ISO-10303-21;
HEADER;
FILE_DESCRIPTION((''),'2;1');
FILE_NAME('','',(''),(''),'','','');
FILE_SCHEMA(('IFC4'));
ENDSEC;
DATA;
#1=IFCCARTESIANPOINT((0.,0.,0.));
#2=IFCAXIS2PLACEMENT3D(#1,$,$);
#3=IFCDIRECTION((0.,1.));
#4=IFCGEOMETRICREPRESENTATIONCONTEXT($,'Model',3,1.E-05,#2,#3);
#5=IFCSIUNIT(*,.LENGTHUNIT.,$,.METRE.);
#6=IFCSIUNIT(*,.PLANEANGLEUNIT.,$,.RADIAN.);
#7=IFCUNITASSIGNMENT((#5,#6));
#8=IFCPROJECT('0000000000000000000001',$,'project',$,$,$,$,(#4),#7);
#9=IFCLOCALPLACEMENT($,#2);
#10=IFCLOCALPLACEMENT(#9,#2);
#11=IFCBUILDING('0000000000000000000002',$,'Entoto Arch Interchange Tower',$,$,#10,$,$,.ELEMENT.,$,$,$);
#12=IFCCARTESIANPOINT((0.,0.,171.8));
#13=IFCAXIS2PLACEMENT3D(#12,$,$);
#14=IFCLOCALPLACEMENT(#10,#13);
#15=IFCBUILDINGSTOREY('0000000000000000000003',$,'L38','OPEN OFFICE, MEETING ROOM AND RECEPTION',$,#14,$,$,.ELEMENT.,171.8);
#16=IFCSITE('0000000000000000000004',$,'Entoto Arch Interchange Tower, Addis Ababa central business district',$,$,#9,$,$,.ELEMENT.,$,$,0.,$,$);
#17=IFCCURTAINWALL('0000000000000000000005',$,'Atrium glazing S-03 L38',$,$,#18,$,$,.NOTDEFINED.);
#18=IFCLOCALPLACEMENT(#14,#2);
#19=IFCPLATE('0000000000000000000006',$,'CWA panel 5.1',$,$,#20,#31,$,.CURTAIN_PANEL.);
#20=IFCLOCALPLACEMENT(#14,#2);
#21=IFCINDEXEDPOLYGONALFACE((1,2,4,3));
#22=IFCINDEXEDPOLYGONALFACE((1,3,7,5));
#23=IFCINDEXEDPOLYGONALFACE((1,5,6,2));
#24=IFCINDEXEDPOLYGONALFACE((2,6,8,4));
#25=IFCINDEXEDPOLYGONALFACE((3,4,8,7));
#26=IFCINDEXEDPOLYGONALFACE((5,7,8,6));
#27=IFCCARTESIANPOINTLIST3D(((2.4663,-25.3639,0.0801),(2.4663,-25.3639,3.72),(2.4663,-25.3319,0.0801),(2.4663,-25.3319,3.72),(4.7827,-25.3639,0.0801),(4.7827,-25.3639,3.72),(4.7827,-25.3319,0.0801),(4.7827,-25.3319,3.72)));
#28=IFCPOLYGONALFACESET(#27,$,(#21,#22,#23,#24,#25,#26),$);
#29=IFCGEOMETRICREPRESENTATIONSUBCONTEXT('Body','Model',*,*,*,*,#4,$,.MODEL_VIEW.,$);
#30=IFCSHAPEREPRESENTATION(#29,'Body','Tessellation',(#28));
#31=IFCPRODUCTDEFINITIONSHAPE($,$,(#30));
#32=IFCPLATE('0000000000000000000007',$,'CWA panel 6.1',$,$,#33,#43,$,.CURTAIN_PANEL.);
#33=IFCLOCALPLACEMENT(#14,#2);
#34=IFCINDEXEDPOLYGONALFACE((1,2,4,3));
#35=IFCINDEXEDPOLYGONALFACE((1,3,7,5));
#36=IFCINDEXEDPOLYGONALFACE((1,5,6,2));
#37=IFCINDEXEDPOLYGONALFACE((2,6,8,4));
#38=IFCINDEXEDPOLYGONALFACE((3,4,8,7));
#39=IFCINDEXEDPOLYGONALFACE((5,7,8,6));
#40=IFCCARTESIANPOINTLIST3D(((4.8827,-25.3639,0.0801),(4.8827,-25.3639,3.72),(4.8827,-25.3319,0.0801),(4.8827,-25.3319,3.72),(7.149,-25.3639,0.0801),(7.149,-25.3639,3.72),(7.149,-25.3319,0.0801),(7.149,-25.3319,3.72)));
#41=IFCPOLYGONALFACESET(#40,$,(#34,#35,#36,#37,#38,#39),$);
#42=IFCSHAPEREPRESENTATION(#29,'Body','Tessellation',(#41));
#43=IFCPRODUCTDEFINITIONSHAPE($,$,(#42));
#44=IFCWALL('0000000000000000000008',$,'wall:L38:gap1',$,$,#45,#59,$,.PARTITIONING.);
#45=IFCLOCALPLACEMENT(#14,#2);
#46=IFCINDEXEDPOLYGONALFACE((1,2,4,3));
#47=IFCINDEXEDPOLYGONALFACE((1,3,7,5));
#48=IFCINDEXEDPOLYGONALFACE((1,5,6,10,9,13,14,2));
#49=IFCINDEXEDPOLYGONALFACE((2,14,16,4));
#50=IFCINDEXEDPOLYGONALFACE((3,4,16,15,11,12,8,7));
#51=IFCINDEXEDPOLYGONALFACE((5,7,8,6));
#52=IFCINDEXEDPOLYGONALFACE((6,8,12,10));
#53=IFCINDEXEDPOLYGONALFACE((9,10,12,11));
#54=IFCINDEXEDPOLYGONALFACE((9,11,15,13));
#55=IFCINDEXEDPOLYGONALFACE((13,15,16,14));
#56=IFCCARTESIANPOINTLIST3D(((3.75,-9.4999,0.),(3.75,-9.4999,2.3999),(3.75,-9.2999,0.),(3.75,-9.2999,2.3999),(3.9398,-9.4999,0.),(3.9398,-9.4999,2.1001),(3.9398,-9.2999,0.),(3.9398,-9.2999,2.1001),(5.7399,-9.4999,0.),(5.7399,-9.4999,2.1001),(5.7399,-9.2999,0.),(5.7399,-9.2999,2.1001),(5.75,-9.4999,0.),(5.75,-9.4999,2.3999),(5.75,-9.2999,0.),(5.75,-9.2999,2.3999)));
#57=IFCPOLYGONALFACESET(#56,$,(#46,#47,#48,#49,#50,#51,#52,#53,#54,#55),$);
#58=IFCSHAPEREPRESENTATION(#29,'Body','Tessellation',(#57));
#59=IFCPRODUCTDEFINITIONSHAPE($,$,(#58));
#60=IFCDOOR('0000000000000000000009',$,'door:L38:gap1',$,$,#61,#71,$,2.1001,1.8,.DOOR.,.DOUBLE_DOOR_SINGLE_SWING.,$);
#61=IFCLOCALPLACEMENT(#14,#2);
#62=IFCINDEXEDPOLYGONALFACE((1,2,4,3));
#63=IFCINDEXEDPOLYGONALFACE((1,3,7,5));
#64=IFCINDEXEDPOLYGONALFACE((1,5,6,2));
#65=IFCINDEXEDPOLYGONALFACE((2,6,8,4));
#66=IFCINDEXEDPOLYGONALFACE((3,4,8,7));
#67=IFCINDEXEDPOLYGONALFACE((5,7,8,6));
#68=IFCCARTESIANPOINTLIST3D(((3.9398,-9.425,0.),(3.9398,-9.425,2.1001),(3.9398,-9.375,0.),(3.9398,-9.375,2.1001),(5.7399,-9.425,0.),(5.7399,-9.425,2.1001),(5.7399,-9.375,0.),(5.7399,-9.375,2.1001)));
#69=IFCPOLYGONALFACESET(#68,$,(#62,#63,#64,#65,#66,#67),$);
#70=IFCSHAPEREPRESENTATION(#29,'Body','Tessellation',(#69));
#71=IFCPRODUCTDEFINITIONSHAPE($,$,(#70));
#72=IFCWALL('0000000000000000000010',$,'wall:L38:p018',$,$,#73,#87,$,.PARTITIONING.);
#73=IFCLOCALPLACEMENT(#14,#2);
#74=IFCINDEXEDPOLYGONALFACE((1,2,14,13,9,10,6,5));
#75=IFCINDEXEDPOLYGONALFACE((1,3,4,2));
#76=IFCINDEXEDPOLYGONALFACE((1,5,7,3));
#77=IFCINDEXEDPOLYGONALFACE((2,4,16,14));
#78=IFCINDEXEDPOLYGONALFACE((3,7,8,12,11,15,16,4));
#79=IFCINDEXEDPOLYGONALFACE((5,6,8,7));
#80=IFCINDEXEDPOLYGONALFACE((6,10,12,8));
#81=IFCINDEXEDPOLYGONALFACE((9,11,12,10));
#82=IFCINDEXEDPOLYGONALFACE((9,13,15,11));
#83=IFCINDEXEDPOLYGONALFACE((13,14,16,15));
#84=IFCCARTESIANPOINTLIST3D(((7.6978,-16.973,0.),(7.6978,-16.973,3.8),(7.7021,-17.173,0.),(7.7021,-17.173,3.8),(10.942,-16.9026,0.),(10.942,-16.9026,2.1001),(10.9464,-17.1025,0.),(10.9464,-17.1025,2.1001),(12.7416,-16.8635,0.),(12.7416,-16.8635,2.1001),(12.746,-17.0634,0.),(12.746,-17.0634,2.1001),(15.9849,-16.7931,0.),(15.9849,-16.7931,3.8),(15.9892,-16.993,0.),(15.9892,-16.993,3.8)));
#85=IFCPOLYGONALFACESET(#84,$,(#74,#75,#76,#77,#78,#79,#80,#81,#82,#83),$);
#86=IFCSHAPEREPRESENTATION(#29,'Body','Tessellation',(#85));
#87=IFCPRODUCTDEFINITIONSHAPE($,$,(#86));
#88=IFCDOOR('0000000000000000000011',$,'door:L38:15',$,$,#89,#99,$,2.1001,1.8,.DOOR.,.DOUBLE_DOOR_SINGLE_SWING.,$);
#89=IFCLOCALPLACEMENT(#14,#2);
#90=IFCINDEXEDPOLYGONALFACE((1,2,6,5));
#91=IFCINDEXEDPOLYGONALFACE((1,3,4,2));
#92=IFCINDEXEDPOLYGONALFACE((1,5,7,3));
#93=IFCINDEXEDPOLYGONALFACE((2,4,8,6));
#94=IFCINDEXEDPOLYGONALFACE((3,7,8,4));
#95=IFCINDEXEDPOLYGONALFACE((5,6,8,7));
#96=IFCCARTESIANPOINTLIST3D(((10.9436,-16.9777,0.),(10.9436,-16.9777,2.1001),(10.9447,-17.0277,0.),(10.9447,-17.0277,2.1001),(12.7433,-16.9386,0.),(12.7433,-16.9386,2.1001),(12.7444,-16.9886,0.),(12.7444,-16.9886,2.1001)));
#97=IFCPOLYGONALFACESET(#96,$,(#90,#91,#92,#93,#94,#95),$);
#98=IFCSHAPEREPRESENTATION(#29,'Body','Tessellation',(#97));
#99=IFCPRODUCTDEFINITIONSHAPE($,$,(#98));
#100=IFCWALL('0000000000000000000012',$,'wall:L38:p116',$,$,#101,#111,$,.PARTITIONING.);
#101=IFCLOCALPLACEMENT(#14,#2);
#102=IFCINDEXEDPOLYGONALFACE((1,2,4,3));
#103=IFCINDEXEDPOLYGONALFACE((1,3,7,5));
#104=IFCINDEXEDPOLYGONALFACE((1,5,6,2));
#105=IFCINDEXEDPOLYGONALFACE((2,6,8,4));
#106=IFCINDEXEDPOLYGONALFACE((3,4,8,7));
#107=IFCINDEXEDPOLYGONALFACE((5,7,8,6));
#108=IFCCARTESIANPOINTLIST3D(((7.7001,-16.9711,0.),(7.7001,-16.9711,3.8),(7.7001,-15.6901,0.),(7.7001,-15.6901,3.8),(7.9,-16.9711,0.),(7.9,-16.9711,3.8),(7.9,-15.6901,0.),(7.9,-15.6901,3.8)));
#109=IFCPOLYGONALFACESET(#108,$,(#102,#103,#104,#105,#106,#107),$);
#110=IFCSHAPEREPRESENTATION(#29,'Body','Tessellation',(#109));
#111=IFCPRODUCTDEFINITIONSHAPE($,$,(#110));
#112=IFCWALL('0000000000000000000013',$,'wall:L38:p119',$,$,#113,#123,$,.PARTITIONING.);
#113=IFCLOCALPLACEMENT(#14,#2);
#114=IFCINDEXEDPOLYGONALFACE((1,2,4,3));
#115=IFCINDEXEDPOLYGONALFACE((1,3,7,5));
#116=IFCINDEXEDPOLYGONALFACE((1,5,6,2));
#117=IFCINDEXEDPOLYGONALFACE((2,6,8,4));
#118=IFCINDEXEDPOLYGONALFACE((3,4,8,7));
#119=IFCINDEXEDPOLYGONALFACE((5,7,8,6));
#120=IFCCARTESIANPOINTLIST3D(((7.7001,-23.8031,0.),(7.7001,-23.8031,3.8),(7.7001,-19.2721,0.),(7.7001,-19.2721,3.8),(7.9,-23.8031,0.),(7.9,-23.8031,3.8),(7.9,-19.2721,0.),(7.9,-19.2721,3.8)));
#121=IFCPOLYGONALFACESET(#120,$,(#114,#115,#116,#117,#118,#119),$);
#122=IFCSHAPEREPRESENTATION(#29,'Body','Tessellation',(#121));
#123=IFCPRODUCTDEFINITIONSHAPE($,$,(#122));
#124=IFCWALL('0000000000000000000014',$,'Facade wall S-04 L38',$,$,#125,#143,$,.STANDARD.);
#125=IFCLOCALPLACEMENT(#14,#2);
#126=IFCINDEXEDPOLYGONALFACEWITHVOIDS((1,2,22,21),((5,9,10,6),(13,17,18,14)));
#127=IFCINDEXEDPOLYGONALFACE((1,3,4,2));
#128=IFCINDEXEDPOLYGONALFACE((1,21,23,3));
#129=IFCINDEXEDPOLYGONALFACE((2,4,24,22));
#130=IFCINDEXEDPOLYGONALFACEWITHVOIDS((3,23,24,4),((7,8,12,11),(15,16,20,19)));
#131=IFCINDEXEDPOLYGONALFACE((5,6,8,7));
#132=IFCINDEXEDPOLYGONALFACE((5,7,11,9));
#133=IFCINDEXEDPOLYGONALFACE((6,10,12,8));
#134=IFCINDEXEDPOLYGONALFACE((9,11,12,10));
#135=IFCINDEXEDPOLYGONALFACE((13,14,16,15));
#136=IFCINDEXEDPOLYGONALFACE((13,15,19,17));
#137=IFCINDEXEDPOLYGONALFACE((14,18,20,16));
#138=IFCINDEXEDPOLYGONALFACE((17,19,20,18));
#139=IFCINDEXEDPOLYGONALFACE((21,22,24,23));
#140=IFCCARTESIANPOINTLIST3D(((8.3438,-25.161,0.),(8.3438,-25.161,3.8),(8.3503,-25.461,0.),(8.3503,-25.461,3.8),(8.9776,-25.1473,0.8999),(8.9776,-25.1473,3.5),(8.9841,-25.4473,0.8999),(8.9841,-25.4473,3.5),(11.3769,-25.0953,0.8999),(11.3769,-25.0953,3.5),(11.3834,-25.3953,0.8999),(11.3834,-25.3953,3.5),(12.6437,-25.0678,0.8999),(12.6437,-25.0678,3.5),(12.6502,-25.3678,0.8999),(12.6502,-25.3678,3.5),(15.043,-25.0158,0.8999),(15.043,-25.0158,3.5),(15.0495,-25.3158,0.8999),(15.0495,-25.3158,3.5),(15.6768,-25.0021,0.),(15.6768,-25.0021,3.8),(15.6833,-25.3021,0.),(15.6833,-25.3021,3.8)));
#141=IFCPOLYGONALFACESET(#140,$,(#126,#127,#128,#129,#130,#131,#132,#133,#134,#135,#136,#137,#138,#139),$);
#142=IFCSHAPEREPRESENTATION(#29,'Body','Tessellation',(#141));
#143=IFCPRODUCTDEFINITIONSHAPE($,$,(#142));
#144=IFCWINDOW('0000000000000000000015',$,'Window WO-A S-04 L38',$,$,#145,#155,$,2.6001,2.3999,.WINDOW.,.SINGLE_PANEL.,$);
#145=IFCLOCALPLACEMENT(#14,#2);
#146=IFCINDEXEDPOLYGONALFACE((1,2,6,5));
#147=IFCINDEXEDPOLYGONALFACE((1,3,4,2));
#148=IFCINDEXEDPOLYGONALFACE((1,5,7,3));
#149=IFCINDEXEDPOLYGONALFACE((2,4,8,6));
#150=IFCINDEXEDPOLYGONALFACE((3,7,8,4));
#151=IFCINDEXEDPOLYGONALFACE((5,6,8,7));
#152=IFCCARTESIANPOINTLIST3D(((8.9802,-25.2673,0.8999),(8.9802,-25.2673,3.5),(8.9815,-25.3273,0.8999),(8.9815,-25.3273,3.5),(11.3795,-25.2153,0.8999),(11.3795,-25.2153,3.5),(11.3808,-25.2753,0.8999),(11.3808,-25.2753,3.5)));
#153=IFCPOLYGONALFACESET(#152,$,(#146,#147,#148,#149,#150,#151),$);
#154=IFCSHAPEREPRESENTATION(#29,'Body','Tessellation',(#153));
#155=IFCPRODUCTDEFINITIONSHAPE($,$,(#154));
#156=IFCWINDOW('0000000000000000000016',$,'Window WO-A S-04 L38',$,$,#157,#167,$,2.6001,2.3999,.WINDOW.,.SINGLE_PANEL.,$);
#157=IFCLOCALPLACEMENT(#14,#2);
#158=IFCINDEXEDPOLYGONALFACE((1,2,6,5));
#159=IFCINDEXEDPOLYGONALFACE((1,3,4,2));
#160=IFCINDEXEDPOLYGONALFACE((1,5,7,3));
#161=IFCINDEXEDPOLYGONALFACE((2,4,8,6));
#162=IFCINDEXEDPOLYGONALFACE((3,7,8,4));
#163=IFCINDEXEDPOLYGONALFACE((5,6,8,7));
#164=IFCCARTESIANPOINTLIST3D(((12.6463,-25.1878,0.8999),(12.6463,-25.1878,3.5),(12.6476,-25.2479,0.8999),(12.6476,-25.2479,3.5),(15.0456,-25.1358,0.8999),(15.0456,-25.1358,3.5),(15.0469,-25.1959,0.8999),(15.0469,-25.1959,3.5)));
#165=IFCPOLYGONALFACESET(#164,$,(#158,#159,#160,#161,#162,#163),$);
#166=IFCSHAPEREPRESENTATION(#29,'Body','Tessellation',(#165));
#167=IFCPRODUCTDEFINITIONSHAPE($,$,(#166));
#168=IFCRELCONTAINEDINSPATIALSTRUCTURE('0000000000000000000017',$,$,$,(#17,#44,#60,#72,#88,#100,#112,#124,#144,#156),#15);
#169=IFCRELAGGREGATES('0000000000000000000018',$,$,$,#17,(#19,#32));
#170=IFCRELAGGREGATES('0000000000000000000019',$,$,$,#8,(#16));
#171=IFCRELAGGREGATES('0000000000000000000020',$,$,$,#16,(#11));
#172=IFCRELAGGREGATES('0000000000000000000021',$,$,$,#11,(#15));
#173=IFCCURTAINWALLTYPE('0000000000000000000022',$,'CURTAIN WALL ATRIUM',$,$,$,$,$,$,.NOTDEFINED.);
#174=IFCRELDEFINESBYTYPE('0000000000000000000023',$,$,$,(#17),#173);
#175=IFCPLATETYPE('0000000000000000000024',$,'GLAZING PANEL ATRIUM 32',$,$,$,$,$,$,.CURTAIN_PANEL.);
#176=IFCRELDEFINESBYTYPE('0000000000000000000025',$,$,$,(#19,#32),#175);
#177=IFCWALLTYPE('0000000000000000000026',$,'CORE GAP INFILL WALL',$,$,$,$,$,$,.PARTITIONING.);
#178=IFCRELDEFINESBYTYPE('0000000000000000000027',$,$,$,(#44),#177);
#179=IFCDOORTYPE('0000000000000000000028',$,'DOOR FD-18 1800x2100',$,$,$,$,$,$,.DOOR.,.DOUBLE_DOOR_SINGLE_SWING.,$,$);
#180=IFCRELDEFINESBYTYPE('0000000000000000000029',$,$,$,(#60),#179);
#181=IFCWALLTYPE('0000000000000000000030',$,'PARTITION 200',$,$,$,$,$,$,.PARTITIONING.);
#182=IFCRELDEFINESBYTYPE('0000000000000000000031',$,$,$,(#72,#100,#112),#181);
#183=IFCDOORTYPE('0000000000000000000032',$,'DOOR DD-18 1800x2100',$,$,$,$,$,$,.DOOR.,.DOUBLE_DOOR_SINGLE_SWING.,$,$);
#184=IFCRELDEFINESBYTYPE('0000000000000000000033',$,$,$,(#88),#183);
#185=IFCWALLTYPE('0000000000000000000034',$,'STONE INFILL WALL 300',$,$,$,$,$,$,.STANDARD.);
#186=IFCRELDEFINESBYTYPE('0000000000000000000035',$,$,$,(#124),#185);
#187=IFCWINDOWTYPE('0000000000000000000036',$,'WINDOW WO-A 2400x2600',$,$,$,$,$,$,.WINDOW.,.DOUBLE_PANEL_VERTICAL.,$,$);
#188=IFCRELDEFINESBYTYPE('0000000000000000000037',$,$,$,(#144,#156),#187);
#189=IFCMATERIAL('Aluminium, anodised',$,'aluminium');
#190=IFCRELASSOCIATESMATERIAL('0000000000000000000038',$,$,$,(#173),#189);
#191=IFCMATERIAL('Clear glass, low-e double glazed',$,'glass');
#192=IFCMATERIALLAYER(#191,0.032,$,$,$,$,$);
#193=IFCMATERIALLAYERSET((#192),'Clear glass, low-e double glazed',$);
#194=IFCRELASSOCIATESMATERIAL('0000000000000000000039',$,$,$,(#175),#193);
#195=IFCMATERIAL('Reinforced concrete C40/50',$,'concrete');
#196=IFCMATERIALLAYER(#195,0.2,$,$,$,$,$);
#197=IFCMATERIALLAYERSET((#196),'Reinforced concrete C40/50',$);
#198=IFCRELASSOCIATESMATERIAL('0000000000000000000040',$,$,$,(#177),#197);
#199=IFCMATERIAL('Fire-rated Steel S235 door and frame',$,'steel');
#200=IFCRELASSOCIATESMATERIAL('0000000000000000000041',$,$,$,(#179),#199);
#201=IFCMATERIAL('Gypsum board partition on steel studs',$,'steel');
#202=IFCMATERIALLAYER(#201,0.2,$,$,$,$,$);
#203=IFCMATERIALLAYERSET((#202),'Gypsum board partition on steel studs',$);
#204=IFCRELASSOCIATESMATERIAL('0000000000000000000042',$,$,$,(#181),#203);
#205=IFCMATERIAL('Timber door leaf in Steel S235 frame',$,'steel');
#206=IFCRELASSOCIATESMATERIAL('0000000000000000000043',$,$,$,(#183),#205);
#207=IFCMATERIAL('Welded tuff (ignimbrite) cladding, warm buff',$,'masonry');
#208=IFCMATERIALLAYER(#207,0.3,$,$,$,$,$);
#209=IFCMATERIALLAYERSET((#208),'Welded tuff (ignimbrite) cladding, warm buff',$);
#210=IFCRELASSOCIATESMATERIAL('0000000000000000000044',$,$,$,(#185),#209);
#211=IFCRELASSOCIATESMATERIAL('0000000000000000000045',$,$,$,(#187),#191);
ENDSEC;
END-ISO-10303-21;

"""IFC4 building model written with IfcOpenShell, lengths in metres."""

from ifc_helpers import new_model, si_unit, direction, frame, frame_2d, origin, origin_2d, place, context, subcontext, project, spatial, rectangle, extrude, material, layer, layer_set, type_object, element, fill, aggregate, save


model = new_model("IFC4")

# Units and contexts
model_context = context("Model", 3, precision=1e-05, world=origin(), true_north=direction((0.0, 1.0)))
body_context = subcontext(model_context, "Body", "Model", "MODEL_VIEW")
ifc_project = project(units=[si_unit("LENGTHUNIT", "METRE"), si_unit("PLANEANGLEUNIT", "RADIAN")], contexts=[model_context])

# Site, building, storey
site_placement = place(None, origin())
site = spatial("IfcSite", under=ifc_project, at=site_placement, Name="Entoto Arch Interchange Tower, Addis Ababa central business district", CompositionType="ELEMENT", RefElevation=0.0)
building_placement = place(site_placement, origin())
building = spatial("IfcBuilding", under=site, at=building_placement, Name="Entoto Arch Interchange Tower", CompositionType="ELEMENT")
storey_placement = place(building_placement, frame((0.0, 0.0, 171.8)))
storey = spatial("IfcBuildingStorey", under=building, at=storey_placement, Name="L38", Description="OPEN OFFICE, MEETING ROOM AND RECEPTION", CompositionType="ELEMENT", Elevation=171.8)

# Curtain wall, plates
ifc_material_1 = material(Name="Aluminium, anodised", Category="aluminium")
curtain_wall_type = type_object("IfcCurtainWallType", Name="CURTAIN WALL ATRIUM", PredefinedType="NOTDEFINED", material=ifc_material_1)
curtain_wall_placement = place(storey_placement, origin())
curtain_wall = element("IfcCurtainWall", 1, at=curtain_wall_placement, inside=storey, type_object=curtain_wall_type, Name="Atrium glazing S-03 L38", PredefinedType="NOTDEFINED")
ifc_material_2 = material(Name="Clear glass, low-e double glazed", Category="glass")
ifc_layer_1 = layer(ifc_material_2, 0.032)
ifc_layer_set_1 = layer_set([ifc_layer_1], Name="Clear glass, low-e double glazed")
plate_type = type_object("IfcPlateType", Name="GLAZING PANEL ATRIUM 32", PredefinedType="CURTAIN_PANEL", material=ifc_layer_set_1)
plate_1_placement = place(storey_placement, frame((3.6245, -25.3479, 0.0801), z_axis=(0.0, 0.0, 1.0), x_axis=(1.0, 0.0, 0.0)))
plate_1 = element("IfcPlate", 2, at=plate_1_placement, type_object=plate_type, Name="CWA panel 5.1", PredefinedType="CURTAIN_PANEL", context=body_context, shape_type="SweptSolid", body=[
    extrude(rectangle(XDim=2.3164, YDim=0.032, at=origin_2d()), origin(), (0.0, 0.0, 1.0), 3.6399),
])
plate_2_placement = place(storey_placement, frame((6.0159, -25.3479, 0.0801), z_axis=(0.0, 0.0, 1.0), x_axis=(1.0, 0.0, 0.0)))
plate_2 = element("IfcPlate", 3, at=plate_2_placement, type_object=plate_type, Name="CWA panel 6.1", PredefinedType="CURTAIN_PANEL", context=body_context, shape_type="SweptSolid", body=[
    extrude(rectangle(XDim=2.2664, YDim=0.032, at=origin_2d()), origin(), (0.0, 0.0, 1.0), 3.6399),
])
aggregate(curtain_wall, [plate_1, plate_2])

# Walls, openings, doors
ifc_material_3 = material(Name="Reinforced concrete C40/50", Category="concrete")
ifc_layer_2 = layer(ifc_material_3, 0.2)
ifc_layer_set_2 = layer_set([ifc_layer_2], Name="Reinforced concrete C40/50")
wall_type_1 = type_object("IfcWallType", Name="CORE GAP INFILL WALL", PredefinedType="PARTITIONING", material=ifc_layer_set_2)
wall_1_placement = place(storey_placement, frame((3.75, -9.3999, 0.0), z_axis=(0.0, 0.0, 1.0), x_axis=(1.0, 0.0, 0.0)))
wall_1 = element("IfcWall", 4, at=wall_1_placement, inside=storey, type_object=wall_type_1, Name="wall:L38:gap1", PredefinedType="PARTITIONING", context=body_context, shape_type="SweptSolid", body=[
    extrude(rectangle(XDim=2.0, YDim=0.2, at=frame_2d((1.0, 0.0))), origin(), (0.0, 0.0, 1.0), 2.3999),
])
opening_1_placement = place(wall_1_placement, frame((0.1899, 0.0, 0.0)))
opening_1 = element("IfcOpeningElement", 5, at=opening_1_placement, cuts=wall_1, PredefinedType="OPENING", context=body_context, shape_type="SweptSolid", body=[
    extrude(rectangle(XDim=1.8, YDim=2.1001, at=frame_2d((0.8999, 1.05))), frame((0.0, 0.1099, 0.0), z_axis=(0.0, -1.0, 0.0), x_axis=(1.0, 0.0, 0.0)), (0.0, 0.0, 1.0), 0.22),
])
ifc_material_4 = material(Name="Fire-rated Steel S235 door and frame", Category="steel")
door_type_1 = type_object("IfcDoorType", Name="DOOR FD-18 1800x2100", OperationType="DOUBLE_DOOR_SINGLE_SWING", PredefinedType="DOOR", material=ifc_material_4)
door_1_placement = place(opening_1_placement, origin())
door_1 = element("IfcDoor", 6, at=door_1_placement, inside=storey, type_object=door_type_1, Name="door:L38:gap1", OperationType="DOUBLE_DOOR_SINGLE_SWING", OverallHeight=2.1001, OverallWidth=1.8, PredefinedType="DOOR", context=body_context, shape_type="SweptSolid", body=[
    extrude(rectangle(XDim=1.8, YDim=2.1001, at=frame_2d((0.8999, 1.05))), frame((0.0, 0.0249, 0.0), z_axis=(0.0, -1.0, 0.0), x_axis=(1.0, 0.0, 0.0)), (0.0, 0.0, 1.0), 0.05),
])
fill(opening_1, door_1)
ifc_material_5 = material(Name="Gypsum board partition on steel studs", Category="steel")
ifc_layer_3 = layer(ifc_material_5, 0.2)
ifc_layer_set_3 = layer_set([ifc_layer_3], Name="Gypsum board partition on steel studs")
wall_type_2 = type_object("IfcWallType", Name="PARTITION 200", PredefinedType="PARTITIONING", material=ifc_layer_set_3)
wall_2_placement = place(storey_placement, frame((7.7, -17.073, 0.0), z_axis=(0.0, 0.0, 1.0), x_axis=(0.999764, 0.021707, 0.0)))
wall_2 = element("IfcWall", 7, at=wall_2_placement, inside=storey, type_object=wall_type_2, Name="wall:L38:p018", PredefinedType="PARTITIONING", context=body_context, shape_type="SweptSolid", body=[
    extrude(rectangle(XDim=8.2891, YDim=0.2, at=frame_2d((4.1445, 0.0))), origin(), (0.0, 0.0, 1.0), 3.8),
])
opening_2_placement = place(wall_2_placement, frame((3.2451, 0.0, 0.0)))
opening_2 = element("IfcOpeningElement", 8, at=opening_2_placement, cuts=wall_2, PredefinedType="OPENING", context=body_context, shape_type="SweptSolid", body=[
    extrude(rectangle(XDim=1.8, YDim=2.1001, at=frame_2d((0.8999, 1.05))), frame((0.0, 0.1099, 0.0), z_axis=(0.0, -1.0, 0.0), x_axis=(1.0, 0.0, 0.0)), (0.0, 0.0, 1.0), 0.22),
])
ifc_material_6 = material(Name="Timber door leaf in Steel S235 frame", Category="steel")
door_type_2 = type_object("IfcDoorType", Name="DOOR DD-18 1800x2100", OperationType="DOUBLE_DOOR_SINGLE_SWING", PredefinedType="DOOR", material=ifc_material_6)
door_2_placement = place(opening_2_placement, origin())
door_2 = element("IfcDoor", 9, at=door_2_placement, inside=storey, type_object=door_type_2, Name="door:L38:15", OperationType="DOUBLE_DOOR_SINGLE_SWING", OverallHeight=2.1001, OverallWidth=1.8, PredefinedType="DOOR", context=body_context, shape_type="SweptSolid", body=[
    extrude(rectangle(XDim=1.8, YDim=2.1001, at=frame_2d((0.8999, 1.05))), frame((0.0, 0.0249, 0.0), z_axis=(0.0, -1.0, 0.0), x_axis=(1.0, 0.0, 0.0)), (0.0, 0.0, 1.0), 0.05),
])
fill(opening_2, door_2)

# Walls
wall_3_placement = place(storey_placement, frame((7.8, -15.6899, 0.0), z_axis=(0.0, 0.0, 1.0), x_axis=(0.0, -1.0, 0.0)))
element("IfcWall", 10, at=wall_3_placement, inside=storey, type_object=wall_type_2, Name="wall:L38:p116", PredefinedType="PARTITIONING", context=body_context, shape_type="SweptSolid", body=[
    extrude(rectangle(XDim=1.281, YDim=0.2, at=frame_2d((0.6406, 0.0))), origin(), (0.0, 0.0, 1.0), 3.8),
])
wall_4_placement = place(storey_placement, frame((7.8, -19.272, 0.0), z_axis=(0.0, 0.0, 1.0), x_axis=(0.0, -1.0, 0.0)))
element("IfcWall", 11, at=wall_4_placement, inside=storey, type_object=wall_type_2, Name="wall:L38:p119", PredefinedType="PARTITIONING", context=body_context, shape_type="SweptSolid", body=[
    extrude(rectangle(XDim=4.531, YDim=0.2, at=frame_2d((2.2656, 0.0))), origin(), (0.0, 0.0, 1.0), 3.8),
])

# Wall, openings, windows
ifc_material_7 = material(Name="Welded tuff (ignimbrite) cladding, warm buff", Category="masonry")
ifc_layer_4 = layer(ifc_material_7, 0.3)
ifc_layer_set_4 = layer_set([ifc_layer_4], Name="Welded tuff (ignimbrite) cladding, warm buff")
wall_type_3 = type_object("IfcWallType", Name="STONE INFILL WALL 300", PredefinedType="STANDARD", material=ifc_layer_set_4)
wall_5_placement = place(storey_placement, frame((8.3469, -25.311, 0.0), z_axis=(0.0, 0.0, 1.0), x_axis=(0.999765, 0.021669, 0.0)))
wall_5 = element("IfcWall", 12, at=wall_5_placement, inside=storey, type_object=wall_type_3, Name="Facade wall S-04 L38", PredefinedType="STANDARD", context=body_context, shape_type="SweptSolid", body=[
    extrude(rectangle(XDim=7.3347, YDim=0.3, at=frame_2d((3.6675, 0.0))), origin(), (0.0, 0.0, 1.0), 3.8),
])
opening_3_placement = place(wall_5_placement, frame((0.634, 0.0, 0.8999)))
opening_3 = element("IfcOpeningElement", 13, at=opening_3_placement, cuts=wall_5, PredefinedType="OPENING", context=body_context, shape_type="SweptSolid", body=[
    extrude(rectangle(XDim=2.3999, YDim=2.6001, at=frame_2d((1.2, 1.3))), frame((0.0, 0.1602, 0.0), z_axis=(0.0, -1.0, 0.0), x_axis=(1.0, 0.0, 0.0)), (0.0, 0.0, 1.0), 0.3201),
])
opening_4_placement = place(wall_5_placement, frame((4.301, 0.0, 0.8999)))
opening_4 = element("IfcOpeningElement", 14, at=opening_4_placement, cuts=wall_5, PredefinedType="OPENING", context=body_context, shape_type="SweptSolid", body=[
    extrude(rectangle(XDim=2.3999, YDim=2.6001, at=frame_2d((1.2, 1.3))), frame((0.0, 0.1602, 0.0), z_axis=(0.0, -1.0, 0.0), x_axis=(1.0, 0.0, 0.0)), (0.0, 0.0, 1.0), 0.3201),
])
window_type = type_object("IfcWindowType", Name="WINDOW WO-A 2400x2600", PartitioningType="DOUBLE_PANEL_VERTICAL", PredefinedType="WINDOW", material=ifc_material_2)
window_1_placement = place(opening_3_placement, origin())
window_1 = element("IfcWindow", 15, at=window_1_placement, inside=storey, type_object=window_type, Name="Window WO-A S-04 L38", OverallHeight=2.6001, OverallWidth=2.3999, PartitioningType="SINGLE_PANEL", PredefinedType="WINDOW", context=body_context, shape_type="SweptSolid", body=[
    extrude(rectangle(XDim=2.3999, YDim=2.6001, at=frame_2d((1.2, 1.3))), frame((0.0, 0.03, 0.0), z_axis=(0.0, -1.0, 0.0), x_axis=(1.0, 0.0, 0.0)), (0.0, 0.0, 1.0), 0.0601),
])
fill(opening_3, window_1)
window_2_placement = place(opening_4_placement, origin())
window_2 = element("IfcWindow", 16, at=window_2_placement, inside=storey, type_object=window_type, Name="Window WO-A S-04 L38", OverallHeight=2.6001, OverallWidth=2.3999, PartitioningType="SINGLE_PANEL", PredefinedType="WINDOW", context=body_context, shape_type="SweptSolid", body=[
    extrude(rectangle(XDim=2.3999, YDim=2.6001, at=frame_2d((1.2, 1.3))), frame((0.0, 0.03, 0.0), z_axis=(0.0, -1.0, 0.0), x_axis=(1.0, 0.0, 0.0)), (0.0, 0.0, 1.0), 0.0601),
])
fill(opening_4, window_2)

save(model, "model.ifc")
